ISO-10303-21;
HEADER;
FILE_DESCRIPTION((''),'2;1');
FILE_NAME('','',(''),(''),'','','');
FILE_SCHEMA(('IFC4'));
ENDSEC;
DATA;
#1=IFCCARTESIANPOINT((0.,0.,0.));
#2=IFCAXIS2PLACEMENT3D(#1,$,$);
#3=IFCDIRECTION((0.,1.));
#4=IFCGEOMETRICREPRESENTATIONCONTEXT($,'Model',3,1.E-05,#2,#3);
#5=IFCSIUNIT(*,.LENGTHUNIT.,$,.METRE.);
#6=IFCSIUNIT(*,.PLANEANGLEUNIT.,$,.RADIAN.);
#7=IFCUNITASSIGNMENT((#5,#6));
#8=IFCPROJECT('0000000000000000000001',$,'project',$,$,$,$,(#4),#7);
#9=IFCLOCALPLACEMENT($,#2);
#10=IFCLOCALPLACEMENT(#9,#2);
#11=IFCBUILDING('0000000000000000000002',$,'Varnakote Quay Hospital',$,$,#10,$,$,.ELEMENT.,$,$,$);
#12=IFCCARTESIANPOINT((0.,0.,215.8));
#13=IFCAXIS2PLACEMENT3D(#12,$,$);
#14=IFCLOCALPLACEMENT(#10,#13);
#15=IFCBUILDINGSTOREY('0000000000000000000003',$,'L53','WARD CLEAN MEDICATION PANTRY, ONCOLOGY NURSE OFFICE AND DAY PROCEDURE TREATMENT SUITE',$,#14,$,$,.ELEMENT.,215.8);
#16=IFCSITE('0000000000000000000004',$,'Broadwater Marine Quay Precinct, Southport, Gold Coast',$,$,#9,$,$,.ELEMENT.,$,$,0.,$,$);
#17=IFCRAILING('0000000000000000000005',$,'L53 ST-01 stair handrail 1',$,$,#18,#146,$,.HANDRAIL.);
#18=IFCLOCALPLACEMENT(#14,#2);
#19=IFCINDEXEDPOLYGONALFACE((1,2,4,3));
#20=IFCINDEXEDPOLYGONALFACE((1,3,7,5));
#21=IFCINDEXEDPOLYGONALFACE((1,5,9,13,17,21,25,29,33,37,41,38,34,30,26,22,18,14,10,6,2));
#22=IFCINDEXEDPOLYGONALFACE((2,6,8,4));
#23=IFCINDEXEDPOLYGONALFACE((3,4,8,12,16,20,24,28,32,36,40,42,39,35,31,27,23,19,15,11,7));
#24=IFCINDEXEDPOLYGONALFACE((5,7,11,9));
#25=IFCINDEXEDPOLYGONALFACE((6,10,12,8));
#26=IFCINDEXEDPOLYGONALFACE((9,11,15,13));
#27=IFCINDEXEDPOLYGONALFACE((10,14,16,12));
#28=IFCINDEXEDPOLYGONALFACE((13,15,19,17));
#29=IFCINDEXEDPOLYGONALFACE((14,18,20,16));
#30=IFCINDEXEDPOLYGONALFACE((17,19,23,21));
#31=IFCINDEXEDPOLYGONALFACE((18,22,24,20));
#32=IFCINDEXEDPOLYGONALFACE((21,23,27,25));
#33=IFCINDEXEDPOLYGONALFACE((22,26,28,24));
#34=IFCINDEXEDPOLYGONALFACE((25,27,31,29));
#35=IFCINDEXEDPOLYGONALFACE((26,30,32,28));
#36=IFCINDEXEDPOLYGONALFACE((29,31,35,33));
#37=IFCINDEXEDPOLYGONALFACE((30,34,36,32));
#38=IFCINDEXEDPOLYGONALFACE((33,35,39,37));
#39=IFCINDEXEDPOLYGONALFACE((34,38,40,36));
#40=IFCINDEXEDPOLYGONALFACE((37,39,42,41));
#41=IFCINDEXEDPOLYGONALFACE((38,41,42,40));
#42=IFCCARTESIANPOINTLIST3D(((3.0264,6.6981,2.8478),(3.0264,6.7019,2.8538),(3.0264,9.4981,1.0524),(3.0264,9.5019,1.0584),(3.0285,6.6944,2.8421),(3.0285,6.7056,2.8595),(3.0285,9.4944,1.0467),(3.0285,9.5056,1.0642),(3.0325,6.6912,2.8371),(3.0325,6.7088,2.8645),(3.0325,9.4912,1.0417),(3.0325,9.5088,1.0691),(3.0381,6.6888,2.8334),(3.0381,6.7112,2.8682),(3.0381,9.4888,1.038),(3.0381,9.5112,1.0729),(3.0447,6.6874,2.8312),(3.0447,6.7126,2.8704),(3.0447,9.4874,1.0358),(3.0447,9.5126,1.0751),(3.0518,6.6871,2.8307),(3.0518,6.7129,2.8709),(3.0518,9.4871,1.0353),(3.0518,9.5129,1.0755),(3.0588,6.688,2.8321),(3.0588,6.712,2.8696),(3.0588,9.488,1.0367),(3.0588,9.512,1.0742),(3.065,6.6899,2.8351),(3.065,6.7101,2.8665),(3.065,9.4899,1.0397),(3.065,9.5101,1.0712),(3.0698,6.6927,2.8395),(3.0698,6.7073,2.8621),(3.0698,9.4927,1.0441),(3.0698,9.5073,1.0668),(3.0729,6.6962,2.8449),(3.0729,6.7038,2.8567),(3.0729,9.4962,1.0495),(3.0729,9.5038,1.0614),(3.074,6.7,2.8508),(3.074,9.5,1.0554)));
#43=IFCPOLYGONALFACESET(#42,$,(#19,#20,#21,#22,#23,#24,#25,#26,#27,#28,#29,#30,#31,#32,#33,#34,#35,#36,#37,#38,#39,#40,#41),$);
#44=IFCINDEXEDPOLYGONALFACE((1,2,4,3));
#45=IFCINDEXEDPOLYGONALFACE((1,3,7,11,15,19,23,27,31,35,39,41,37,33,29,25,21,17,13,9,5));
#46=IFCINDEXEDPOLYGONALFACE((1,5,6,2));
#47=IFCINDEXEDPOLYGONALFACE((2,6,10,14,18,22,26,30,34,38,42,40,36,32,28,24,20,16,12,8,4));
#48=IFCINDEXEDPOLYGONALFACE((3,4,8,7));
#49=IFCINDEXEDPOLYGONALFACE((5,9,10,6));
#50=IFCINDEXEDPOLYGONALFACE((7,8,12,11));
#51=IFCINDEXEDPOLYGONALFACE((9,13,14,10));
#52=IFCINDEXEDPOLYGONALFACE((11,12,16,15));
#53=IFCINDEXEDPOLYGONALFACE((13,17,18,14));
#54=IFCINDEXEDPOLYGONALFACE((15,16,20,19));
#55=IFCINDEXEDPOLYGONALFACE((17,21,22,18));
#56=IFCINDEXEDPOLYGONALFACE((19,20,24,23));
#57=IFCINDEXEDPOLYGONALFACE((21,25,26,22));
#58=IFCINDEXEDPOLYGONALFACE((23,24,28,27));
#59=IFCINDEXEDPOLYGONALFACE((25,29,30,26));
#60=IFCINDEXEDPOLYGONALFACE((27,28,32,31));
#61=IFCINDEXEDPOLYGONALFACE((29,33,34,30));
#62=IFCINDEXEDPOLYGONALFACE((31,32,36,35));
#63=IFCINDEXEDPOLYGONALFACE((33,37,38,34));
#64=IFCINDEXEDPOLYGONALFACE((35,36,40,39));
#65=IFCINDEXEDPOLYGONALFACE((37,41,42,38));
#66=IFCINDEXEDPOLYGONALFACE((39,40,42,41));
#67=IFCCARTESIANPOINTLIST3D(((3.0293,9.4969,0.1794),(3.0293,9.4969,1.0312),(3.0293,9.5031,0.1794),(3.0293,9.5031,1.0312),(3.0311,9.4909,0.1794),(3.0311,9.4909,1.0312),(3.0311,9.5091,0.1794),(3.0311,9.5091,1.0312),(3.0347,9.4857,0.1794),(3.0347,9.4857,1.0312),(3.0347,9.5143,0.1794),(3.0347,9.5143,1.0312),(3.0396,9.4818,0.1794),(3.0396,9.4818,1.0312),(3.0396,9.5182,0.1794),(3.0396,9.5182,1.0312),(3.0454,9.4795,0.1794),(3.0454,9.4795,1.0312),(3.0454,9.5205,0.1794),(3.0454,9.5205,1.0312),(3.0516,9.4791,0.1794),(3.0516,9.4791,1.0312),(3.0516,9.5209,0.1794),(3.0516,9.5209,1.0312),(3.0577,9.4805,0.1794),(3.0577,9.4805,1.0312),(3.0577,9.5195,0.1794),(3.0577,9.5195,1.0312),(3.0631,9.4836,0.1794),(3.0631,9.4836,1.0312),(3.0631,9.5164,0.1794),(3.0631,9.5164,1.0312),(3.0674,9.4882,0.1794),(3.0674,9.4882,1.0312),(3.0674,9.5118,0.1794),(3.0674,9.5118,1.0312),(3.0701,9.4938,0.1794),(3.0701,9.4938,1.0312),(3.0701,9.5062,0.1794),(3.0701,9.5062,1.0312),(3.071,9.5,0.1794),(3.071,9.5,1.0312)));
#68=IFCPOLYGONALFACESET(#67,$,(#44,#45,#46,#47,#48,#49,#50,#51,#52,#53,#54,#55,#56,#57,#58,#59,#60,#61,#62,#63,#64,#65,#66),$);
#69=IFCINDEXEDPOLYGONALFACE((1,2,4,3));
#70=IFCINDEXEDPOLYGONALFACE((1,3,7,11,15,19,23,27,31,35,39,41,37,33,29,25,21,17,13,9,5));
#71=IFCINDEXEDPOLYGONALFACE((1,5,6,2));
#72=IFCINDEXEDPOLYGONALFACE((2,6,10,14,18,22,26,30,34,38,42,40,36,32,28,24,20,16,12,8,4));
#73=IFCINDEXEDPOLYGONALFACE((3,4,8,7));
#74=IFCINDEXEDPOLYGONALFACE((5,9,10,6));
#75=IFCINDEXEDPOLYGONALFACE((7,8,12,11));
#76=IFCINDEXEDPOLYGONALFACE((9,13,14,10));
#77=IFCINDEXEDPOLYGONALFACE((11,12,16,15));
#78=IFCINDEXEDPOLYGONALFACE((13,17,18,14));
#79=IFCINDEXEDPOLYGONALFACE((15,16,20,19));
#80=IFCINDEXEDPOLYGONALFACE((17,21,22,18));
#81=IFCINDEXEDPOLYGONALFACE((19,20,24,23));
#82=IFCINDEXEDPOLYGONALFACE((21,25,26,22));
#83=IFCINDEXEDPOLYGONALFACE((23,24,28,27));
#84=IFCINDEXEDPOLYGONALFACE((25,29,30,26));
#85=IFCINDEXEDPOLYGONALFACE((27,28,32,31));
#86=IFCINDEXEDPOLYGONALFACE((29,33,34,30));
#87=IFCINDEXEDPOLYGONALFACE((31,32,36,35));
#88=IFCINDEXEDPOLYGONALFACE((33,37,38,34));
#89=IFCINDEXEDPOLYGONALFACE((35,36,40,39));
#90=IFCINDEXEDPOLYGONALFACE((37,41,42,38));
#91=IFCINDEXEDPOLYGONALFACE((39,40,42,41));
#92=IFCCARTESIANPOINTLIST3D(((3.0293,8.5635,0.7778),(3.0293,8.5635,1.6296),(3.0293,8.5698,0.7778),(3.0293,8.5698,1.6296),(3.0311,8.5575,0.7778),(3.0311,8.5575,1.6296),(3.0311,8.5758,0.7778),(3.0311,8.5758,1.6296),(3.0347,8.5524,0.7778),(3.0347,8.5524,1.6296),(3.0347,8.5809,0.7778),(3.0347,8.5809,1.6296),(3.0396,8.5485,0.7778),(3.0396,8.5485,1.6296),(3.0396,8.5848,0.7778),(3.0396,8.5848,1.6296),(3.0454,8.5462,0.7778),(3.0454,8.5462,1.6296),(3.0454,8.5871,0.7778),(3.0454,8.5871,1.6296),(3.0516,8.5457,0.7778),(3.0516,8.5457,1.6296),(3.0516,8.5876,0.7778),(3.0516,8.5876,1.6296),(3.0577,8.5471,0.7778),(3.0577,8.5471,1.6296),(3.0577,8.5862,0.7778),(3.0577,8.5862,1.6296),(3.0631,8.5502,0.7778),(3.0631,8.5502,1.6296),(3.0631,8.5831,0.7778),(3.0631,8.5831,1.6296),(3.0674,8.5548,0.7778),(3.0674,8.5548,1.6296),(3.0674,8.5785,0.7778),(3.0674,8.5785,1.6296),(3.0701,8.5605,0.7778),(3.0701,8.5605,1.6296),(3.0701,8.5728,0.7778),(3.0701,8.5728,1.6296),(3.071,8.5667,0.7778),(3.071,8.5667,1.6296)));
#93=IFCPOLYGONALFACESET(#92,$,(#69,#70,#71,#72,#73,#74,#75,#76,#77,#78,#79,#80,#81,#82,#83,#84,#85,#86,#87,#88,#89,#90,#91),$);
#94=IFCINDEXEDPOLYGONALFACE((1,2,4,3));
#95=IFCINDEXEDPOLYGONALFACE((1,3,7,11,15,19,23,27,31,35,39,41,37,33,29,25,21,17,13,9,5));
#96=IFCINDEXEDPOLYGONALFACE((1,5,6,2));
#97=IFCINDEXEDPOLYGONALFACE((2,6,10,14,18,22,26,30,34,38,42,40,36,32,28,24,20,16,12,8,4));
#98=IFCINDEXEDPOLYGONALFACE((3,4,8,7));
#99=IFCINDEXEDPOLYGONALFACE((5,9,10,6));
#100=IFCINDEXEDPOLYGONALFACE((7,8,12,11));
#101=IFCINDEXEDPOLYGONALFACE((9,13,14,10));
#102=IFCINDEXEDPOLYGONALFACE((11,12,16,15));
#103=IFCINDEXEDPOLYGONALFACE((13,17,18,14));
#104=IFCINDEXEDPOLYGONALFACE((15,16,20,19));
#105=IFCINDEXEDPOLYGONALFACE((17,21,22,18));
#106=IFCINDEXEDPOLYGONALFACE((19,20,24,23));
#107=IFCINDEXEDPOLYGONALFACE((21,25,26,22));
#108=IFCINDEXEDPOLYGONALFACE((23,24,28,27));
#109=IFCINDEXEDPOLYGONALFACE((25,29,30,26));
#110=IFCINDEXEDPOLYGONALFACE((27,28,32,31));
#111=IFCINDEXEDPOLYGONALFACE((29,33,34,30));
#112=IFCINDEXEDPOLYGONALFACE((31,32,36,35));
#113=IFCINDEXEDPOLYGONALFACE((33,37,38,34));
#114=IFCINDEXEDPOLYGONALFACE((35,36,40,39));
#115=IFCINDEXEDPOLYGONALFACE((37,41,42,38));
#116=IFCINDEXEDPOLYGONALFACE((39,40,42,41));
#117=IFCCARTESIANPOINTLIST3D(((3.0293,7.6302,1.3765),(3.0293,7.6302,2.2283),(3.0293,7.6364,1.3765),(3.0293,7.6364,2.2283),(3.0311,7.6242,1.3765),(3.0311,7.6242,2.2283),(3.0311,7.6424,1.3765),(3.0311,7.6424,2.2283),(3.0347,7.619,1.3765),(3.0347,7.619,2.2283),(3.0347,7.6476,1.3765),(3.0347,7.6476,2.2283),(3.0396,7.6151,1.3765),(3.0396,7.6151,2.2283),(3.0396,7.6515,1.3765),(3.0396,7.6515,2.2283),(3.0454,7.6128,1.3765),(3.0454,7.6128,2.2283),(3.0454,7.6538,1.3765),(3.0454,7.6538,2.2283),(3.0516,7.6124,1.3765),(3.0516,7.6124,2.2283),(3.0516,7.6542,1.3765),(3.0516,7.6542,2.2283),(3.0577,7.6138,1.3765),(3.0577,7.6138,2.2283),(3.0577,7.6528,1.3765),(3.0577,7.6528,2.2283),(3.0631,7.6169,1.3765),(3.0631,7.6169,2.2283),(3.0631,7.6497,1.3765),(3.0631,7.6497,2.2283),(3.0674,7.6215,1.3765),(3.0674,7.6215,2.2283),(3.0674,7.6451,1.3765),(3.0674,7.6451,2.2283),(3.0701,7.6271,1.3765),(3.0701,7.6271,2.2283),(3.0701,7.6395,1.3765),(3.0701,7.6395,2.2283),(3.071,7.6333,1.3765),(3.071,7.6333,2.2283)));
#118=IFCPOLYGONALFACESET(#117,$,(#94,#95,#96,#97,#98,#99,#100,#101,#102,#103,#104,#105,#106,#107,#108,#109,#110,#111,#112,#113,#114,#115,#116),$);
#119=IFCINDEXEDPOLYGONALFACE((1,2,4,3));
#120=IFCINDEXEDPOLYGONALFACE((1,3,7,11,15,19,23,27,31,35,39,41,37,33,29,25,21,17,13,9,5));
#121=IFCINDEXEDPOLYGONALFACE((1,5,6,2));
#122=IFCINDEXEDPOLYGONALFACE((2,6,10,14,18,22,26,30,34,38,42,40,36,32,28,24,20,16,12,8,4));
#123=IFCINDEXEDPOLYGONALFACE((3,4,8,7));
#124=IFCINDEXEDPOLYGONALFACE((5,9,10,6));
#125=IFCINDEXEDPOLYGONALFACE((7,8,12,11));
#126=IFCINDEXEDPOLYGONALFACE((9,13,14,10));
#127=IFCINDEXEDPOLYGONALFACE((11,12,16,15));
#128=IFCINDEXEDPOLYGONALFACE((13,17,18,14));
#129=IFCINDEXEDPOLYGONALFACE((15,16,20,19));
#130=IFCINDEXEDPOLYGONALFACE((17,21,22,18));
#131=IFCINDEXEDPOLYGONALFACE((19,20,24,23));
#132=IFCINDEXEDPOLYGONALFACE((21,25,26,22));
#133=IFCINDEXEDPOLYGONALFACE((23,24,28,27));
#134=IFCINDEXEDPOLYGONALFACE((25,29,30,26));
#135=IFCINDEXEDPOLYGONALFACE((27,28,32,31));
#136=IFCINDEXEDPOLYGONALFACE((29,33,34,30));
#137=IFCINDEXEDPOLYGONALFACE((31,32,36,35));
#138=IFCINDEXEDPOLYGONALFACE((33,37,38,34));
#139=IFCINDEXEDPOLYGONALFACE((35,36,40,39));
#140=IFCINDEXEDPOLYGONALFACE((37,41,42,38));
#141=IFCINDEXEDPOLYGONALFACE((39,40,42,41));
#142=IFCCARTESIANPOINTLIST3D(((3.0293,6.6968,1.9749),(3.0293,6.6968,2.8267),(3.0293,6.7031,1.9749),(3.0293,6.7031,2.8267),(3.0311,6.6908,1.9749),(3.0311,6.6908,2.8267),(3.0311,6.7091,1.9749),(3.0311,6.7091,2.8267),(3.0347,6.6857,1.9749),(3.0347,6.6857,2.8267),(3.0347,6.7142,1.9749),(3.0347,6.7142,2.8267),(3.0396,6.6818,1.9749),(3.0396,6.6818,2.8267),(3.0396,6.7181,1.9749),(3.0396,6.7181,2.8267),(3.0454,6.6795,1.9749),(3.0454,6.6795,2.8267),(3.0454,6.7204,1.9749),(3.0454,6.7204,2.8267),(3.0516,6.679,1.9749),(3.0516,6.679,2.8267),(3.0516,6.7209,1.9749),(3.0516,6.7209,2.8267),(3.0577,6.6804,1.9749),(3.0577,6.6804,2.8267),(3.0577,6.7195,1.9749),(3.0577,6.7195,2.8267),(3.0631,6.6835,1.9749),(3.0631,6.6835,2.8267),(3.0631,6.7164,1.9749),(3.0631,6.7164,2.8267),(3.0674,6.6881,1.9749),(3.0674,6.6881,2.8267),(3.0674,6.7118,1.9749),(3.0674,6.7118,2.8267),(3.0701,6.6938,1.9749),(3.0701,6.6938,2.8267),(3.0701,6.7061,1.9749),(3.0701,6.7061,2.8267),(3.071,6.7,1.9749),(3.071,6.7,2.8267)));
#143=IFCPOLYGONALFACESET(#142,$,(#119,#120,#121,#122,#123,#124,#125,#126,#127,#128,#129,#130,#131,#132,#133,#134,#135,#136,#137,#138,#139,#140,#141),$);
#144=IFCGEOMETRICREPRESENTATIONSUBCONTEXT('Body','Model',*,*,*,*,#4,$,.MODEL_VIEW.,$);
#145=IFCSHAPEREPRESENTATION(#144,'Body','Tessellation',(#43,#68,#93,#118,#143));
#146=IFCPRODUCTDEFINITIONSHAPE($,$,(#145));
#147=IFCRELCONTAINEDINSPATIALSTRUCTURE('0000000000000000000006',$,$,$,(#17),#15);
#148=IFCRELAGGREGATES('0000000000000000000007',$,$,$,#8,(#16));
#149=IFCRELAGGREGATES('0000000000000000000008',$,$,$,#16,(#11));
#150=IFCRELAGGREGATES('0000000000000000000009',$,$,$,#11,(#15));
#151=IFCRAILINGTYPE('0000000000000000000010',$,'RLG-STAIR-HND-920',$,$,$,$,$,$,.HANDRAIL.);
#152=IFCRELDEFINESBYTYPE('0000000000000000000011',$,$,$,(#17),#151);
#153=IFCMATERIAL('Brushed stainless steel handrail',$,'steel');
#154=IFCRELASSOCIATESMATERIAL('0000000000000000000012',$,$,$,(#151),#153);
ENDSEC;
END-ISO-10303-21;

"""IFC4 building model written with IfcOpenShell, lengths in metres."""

from ifc_helpers import new_model, si_unit, direction, frame, origin, origin_2d, place, context, subcontext, project, spatial, circle, extrude, material, type_object, element, save


model = new_model("IFC4")

# Units and contexts
model_context = context("Model", 3, precision=1e-05, world=origin(), true_north=direction((0.0, 1.0)))
body_context = subcontext(model_context, "Body", "Model", "MODEL_VIEW")
ifc_project = project(units=[si_unit("LENGTHUNIT", "METRE"), si_unit("PLANEANGLEUNIT", "RADIAN")], contexts=[model_context])

# Site, building, storey
site_placement = place(None, origin())
site = spatial("IfcSite", under=ifc_project, at=site_placement, Name="Broadwater Marine Quay Precinct, Southport, Gold Coast", CompositionType="ELEMENT", RefElevation=0.0)
building_placement = place(site_placement, origin())
building = spatial("IfcBuilding", under=site, at=building_placement, Name="Varnakote Quay Hospital", CompositionType="ELEMENT")
storey_placement = place(building_placement, frame((0.0, 0.0, 215.8)))
storey = spatial("IfcBuildingStorey", under=building, at=storey_placement, Name="L53", Description="WARD CLEAN MEDICATION PANTRY, ONCOLOGY NURSE OFFICE AND DAY PROCEDURE TREATMENT SUITE", CompositionType="ELEMENT", Elevation=215.8)

# Railing
ifc_material_1 = material(Name="Brushed stainless steel handrail", Category="steel")
railing_type_1 = type_object("IfcRailingType", Name="RLG-STAIR-HND-920", PredefinedType="HANDRAIL", material=ifc_material_1)
railing_1_placement = place(storey_placement, frame((3.05, 9.5, 0.1794)))
element("IfcRailing", 1, at=railing_1_placement, inside=storey, type_object=railing_type_1, Name="L53 ST-01 stair handrail 1", PredefinedType="HANDRAIL", context=body_context, shape_type="SweptSolid", body=[
    extrude(circle(Radius=0.0239, at=origin_2d()), frame((0.0, 0.0, 0.876), z_axis=(0.0, -0.84181, 0.539774), x_axis=(1.0, 0.0, 0.0)), (0.0, 0.0, 1.0), 3.3262),
    extrude(circle(Radius=0.021, at=origin_2d()), origin(), (0.0, 0.0, 1.0), 0.8518),
    extrude(circle(Radius=0.021, at=origin_2d()), frame((0.0, -0.9333, 0.5984)), (0.0, 0.0, 1.0), 0.8518),
    extrude(circle(Radius=0.021, at=origin_2d()), frame((0.0, -1.8667, 1.197)), (0.0, 0.0, 1.0), 0.8518),
    extrude(circle(Radius=0.021, at=origin_2d()), frame((0.0, -2.8, 1.7954)), (0.0, 0.0, 1.0), 0.8518),
])

save(model, "model.ifc")
